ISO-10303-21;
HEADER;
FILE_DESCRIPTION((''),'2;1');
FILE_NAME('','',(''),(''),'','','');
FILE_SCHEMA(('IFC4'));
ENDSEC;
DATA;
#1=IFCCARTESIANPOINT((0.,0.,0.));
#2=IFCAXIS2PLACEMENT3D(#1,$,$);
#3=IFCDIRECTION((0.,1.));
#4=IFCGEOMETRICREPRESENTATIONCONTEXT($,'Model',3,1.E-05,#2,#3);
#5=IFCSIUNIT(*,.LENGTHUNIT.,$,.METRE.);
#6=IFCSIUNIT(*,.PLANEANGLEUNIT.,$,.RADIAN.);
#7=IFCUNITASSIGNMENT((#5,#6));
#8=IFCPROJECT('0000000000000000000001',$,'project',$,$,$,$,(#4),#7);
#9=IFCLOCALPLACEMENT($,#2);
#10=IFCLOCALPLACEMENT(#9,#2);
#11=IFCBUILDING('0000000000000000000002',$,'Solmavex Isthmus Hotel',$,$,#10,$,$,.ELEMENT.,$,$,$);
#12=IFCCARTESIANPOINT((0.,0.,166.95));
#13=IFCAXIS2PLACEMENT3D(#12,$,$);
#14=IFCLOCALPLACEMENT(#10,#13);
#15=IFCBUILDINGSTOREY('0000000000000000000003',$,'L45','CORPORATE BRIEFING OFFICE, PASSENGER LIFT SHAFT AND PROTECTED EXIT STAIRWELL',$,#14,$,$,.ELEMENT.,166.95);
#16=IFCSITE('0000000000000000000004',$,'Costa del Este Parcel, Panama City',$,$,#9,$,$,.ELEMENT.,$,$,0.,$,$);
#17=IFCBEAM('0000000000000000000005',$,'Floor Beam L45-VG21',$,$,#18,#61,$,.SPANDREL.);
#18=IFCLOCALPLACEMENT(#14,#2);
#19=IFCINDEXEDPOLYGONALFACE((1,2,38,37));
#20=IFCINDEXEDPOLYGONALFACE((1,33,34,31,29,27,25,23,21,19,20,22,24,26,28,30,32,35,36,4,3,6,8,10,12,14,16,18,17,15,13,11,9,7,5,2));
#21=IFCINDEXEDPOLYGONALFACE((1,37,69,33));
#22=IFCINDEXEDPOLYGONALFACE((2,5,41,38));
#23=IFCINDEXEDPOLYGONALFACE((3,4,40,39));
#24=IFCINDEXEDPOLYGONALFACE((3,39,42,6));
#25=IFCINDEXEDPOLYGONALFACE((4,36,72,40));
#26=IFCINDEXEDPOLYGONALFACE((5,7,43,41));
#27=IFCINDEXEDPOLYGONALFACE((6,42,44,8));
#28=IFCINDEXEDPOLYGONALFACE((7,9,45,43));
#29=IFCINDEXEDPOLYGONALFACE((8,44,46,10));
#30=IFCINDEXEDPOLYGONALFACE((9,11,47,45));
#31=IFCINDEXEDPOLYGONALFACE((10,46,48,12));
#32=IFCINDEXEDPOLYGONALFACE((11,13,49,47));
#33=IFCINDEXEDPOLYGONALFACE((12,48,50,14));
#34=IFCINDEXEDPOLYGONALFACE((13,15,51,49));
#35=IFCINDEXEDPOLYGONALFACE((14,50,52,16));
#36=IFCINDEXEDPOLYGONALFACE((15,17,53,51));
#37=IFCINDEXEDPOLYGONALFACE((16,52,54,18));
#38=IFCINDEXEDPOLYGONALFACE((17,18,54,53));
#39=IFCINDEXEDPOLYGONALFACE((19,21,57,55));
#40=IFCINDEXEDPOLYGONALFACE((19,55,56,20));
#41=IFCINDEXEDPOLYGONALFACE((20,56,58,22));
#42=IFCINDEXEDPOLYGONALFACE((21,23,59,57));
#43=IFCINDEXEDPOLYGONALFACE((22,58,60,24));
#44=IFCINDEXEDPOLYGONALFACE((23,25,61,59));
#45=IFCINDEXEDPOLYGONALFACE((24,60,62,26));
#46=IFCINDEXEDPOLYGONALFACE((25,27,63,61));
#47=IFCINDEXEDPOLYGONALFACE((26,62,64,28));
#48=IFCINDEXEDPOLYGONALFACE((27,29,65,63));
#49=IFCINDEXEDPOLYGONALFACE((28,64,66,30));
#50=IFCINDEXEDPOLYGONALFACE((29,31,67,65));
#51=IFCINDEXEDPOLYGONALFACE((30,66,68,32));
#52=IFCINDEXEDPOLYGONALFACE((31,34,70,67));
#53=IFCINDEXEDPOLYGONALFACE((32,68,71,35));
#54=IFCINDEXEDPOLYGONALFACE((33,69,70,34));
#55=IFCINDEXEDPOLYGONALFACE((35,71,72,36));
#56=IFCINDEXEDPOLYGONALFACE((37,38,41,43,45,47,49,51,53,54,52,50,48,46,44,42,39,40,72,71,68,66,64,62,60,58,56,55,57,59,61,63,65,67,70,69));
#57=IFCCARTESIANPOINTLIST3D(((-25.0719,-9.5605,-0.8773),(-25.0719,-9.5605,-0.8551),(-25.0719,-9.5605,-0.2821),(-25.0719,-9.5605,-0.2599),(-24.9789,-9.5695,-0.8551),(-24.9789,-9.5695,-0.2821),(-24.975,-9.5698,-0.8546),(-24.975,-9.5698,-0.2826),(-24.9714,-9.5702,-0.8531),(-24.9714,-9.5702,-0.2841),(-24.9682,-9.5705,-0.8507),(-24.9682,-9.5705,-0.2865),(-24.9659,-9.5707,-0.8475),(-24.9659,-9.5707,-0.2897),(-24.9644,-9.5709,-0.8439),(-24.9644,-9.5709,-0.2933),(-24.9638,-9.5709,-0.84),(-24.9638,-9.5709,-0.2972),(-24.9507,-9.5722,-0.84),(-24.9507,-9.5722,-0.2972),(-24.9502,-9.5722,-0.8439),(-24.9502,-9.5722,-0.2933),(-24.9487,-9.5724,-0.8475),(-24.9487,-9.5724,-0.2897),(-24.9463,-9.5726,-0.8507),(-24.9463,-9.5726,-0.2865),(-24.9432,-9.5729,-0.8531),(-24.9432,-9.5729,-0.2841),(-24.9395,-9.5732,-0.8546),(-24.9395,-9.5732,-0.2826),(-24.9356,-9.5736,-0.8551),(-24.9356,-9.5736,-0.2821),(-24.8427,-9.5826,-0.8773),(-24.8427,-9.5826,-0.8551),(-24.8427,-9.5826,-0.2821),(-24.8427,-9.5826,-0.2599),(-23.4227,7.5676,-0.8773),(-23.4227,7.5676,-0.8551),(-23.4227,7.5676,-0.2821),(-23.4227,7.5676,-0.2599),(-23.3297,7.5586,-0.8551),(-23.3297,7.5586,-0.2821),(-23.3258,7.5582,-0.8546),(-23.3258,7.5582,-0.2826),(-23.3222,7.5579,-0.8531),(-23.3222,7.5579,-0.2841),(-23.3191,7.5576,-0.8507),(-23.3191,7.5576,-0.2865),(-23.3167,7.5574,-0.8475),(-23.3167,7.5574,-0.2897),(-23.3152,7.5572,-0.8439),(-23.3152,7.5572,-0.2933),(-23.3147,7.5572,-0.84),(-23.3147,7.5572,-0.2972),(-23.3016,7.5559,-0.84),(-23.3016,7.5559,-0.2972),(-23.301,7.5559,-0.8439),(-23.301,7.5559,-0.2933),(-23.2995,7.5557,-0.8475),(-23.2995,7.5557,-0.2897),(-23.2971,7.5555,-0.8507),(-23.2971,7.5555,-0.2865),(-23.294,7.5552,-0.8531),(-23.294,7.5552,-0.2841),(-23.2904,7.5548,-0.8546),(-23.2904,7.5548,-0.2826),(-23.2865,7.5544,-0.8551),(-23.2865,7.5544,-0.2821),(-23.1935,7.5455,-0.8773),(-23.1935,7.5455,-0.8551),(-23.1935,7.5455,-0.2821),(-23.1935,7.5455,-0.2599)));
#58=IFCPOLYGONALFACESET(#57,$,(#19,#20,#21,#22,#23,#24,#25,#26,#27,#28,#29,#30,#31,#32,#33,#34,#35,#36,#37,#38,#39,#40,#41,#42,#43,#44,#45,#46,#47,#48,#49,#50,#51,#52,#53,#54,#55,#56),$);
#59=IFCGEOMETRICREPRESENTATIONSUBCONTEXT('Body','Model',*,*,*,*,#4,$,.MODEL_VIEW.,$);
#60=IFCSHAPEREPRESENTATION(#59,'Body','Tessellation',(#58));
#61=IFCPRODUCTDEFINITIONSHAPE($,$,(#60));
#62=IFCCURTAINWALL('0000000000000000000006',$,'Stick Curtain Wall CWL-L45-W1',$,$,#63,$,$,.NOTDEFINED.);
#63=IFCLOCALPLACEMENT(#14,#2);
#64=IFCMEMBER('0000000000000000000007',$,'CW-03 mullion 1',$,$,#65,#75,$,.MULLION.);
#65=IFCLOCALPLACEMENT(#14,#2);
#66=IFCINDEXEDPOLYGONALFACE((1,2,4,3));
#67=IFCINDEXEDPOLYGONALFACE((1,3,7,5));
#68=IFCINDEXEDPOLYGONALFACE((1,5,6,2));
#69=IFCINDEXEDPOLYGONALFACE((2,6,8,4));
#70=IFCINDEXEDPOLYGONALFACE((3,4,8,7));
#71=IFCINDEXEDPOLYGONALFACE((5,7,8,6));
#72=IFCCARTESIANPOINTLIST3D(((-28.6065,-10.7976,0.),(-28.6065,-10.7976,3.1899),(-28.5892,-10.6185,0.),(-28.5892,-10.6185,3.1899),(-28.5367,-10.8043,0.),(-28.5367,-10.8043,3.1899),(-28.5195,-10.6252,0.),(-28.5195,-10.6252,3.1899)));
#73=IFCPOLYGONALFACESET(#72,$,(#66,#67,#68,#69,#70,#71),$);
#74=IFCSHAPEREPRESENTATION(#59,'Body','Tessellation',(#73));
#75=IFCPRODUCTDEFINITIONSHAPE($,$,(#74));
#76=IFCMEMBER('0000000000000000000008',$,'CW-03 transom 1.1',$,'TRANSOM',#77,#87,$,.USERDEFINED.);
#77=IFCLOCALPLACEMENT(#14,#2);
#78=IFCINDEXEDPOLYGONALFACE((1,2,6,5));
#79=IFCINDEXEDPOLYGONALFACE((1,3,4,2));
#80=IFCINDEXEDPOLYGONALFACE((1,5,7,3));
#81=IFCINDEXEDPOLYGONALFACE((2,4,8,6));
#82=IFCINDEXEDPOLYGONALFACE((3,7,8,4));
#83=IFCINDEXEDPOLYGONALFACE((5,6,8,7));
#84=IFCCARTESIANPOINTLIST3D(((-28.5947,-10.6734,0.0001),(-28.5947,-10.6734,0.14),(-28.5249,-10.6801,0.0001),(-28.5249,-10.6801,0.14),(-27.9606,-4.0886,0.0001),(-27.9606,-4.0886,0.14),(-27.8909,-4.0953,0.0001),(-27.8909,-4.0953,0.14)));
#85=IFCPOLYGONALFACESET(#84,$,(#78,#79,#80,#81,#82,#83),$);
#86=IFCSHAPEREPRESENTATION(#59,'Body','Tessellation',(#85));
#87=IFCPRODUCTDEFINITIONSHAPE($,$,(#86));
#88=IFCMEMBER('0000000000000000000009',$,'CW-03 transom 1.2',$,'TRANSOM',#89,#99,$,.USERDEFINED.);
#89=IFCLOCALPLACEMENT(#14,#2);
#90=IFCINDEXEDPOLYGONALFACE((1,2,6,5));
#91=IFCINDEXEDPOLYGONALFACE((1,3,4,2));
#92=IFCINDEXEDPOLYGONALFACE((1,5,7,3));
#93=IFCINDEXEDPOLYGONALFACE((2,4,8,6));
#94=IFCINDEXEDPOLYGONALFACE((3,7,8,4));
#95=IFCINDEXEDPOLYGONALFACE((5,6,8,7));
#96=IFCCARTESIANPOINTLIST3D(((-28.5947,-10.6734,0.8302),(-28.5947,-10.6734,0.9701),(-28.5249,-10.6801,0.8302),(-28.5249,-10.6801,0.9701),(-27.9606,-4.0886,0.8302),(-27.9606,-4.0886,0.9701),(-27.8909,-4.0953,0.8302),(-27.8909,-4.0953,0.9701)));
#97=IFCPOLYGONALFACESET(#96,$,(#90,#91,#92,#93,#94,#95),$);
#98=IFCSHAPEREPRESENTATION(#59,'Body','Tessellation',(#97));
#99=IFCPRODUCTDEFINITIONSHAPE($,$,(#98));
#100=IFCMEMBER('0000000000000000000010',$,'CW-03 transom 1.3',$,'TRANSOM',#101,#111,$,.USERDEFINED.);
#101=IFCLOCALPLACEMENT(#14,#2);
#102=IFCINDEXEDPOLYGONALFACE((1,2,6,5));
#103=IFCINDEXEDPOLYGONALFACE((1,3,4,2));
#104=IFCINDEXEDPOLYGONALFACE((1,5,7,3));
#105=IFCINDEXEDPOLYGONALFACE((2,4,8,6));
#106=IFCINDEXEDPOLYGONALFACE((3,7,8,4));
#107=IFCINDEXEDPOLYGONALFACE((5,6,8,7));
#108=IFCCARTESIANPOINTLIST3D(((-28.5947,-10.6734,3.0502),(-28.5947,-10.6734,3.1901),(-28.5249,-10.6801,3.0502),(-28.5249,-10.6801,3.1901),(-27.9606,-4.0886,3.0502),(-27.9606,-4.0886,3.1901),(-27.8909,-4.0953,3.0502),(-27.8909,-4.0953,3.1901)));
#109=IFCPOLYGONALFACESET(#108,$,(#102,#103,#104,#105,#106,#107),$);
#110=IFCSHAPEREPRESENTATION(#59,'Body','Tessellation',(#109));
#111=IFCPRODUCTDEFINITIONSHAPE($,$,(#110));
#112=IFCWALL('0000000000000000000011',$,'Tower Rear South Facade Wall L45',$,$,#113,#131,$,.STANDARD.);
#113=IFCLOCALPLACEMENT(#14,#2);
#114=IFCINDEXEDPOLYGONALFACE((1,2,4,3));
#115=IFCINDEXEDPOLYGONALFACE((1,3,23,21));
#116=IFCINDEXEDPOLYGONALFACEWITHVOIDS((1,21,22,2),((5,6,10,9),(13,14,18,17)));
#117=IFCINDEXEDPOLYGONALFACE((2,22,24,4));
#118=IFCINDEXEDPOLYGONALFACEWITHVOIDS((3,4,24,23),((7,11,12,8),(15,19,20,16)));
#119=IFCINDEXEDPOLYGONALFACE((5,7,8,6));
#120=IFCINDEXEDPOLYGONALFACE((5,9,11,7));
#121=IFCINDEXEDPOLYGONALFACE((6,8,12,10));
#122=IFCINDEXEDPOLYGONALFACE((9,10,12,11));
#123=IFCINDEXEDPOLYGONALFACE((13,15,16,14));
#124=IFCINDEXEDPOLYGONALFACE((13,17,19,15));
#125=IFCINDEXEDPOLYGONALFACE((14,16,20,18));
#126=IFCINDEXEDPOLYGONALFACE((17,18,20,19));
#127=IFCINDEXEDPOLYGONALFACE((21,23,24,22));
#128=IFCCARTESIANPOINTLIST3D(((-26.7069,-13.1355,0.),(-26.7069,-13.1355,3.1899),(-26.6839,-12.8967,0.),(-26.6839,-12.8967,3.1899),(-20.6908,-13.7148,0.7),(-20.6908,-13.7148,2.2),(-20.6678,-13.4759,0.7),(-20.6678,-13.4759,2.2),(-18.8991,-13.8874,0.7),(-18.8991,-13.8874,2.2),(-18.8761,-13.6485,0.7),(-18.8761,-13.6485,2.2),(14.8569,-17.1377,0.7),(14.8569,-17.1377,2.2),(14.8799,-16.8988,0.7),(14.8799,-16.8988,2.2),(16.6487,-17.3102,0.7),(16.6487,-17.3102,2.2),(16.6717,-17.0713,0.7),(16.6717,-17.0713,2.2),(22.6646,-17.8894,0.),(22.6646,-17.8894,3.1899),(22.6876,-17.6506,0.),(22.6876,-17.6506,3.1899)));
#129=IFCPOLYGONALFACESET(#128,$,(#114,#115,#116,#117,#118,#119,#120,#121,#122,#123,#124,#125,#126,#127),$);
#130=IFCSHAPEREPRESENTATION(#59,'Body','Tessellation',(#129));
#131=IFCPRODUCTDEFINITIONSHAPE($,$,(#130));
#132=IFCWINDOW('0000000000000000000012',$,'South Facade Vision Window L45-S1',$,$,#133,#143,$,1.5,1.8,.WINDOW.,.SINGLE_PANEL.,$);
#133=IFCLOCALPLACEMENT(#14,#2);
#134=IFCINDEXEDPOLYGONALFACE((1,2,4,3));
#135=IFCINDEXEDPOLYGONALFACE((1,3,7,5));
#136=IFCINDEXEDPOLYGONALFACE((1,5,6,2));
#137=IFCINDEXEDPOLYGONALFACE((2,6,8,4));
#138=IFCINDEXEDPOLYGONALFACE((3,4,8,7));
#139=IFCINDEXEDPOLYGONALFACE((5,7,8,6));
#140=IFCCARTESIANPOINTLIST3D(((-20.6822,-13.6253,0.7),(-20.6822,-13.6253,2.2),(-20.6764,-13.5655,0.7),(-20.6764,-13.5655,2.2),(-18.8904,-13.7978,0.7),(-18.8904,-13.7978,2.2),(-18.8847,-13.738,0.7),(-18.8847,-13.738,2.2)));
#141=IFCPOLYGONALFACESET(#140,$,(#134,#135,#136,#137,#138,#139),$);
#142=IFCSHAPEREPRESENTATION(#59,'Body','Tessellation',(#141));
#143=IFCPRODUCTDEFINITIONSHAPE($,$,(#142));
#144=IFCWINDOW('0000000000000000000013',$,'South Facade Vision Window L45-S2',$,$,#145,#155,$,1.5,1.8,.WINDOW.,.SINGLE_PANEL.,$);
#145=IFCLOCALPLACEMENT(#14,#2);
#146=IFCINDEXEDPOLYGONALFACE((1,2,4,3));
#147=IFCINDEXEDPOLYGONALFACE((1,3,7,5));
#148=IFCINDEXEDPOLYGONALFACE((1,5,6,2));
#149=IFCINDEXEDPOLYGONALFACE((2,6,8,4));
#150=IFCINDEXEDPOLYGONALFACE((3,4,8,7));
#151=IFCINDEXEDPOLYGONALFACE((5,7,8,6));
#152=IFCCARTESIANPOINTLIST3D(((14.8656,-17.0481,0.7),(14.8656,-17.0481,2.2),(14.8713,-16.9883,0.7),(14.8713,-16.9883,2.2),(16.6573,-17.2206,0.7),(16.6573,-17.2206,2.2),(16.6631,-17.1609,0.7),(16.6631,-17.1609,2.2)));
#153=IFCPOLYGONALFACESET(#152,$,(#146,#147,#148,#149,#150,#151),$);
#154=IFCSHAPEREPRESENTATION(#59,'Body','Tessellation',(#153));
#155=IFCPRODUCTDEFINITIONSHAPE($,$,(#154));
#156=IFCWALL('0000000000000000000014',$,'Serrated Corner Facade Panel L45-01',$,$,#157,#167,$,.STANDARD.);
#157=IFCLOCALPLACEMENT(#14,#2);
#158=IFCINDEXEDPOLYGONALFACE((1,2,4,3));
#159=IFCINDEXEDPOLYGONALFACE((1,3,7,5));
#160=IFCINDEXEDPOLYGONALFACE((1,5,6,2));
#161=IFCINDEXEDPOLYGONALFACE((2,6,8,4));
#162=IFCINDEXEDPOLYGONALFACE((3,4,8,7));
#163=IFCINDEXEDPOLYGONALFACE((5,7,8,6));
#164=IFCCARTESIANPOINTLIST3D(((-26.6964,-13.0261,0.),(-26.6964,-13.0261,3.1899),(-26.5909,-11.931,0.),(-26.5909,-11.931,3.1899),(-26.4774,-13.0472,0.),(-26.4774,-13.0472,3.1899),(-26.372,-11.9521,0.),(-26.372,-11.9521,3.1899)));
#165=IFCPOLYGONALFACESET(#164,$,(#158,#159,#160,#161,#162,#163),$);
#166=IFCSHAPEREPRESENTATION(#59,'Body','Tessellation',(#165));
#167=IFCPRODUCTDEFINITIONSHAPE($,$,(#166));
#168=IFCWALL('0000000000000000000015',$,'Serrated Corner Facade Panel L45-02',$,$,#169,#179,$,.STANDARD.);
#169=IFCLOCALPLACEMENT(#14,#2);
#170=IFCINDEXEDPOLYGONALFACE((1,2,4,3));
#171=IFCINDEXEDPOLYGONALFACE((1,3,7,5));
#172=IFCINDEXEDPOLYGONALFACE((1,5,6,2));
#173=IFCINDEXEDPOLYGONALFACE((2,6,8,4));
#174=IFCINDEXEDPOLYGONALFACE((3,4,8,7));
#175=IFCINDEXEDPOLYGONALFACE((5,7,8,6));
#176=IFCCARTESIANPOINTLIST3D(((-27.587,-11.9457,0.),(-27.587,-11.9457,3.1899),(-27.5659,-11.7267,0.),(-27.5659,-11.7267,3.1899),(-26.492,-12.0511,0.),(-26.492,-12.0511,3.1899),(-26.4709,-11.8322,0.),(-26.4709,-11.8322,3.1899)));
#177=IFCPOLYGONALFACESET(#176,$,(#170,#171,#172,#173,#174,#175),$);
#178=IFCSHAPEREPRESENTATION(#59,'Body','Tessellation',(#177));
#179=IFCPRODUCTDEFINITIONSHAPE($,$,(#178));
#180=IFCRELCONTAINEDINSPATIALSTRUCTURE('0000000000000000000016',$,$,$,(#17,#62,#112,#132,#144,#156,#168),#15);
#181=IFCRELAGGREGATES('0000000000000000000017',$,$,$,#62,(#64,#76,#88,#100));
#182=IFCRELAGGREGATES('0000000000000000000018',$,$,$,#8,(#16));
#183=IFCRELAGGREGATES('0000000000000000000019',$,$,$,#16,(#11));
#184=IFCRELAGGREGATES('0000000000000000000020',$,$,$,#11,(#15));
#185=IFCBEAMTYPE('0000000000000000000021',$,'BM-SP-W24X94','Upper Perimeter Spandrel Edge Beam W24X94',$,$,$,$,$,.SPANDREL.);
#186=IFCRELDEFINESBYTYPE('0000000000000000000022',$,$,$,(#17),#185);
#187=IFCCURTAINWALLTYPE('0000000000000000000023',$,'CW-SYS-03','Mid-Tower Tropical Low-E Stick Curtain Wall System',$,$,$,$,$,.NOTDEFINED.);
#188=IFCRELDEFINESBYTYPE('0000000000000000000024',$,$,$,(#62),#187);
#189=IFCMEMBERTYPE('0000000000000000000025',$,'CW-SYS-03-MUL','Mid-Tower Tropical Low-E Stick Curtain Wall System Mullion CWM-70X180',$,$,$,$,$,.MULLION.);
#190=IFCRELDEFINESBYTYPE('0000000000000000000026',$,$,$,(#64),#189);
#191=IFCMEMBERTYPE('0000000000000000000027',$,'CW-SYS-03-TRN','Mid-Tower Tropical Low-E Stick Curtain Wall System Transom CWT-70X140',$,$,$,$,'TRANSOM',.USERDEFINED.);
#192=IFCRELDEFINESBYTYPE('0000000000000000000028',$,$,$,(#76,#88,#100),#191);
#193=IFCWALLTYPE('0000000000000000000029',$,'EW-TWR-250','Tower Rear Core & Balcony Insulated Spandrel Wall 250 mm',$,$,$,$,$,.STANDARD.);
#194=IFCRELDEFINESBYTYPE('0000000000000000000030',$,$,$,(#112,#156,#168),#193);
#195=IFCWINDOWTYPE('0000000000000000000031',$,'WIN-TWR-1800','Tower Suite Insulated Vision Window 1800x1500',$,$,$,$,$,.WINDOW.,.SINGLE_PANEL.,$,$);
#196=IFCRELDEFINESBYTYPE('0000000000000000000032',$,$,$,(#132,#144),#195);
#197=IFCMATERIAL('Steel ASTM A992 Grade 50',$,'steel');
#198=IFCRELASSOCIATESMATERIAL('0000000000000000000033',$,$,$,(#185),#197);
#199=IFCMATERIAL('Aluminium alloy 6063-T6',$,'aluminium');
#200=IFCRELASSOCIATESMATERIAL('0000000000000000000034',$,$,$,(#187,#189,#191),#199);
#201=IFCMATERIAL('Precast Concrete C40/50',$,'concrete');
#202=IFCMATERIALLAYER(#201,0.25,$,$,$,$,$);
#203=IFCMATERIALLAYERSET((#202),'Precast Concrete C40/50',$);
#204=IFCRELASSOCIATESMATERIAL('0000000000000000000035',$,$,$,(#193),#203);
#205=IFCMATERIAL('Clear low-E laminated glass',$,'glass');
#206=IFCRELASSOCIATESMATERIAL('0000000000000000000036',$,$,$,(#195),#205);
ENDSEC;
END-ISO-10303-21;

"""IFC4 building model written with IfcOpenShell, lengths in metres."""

from ifc_helpers import new_model, si_unit, direction, frame, frame_2d, origin, origin_2d, place, context, subcontext, project, spatial, rectangle, i_section, extrude, material, layer, layer_set, material_profile, profile_set, type_object, element, fill, aggregate, save


model = new_model("IFC4")

# Units and contexts
model_context = context("Model", 3, precision=1e-05, world=origin(), true_north=direction((0.0, 1.0)))
body_context = subcontext(model_context, "Body", "Model", "MODEL_VIEW")
ifc_project = project(units=[si_unit("LENGTHUNIT", "METRE"), si_unit("PLANEANGLEUNIT", "RADIAN")], contexts=[model_context])

# Site, building, storey
site_placement = place(None, origin())
site = spatial("IfcSite", under=ifc_project, at=site_placement, Name="Costa del Este Parcel, Panama City", CompositionType="ELEMENT", RefElevation=0.0)
building_placement = place(site_placement, origin())
building = spatial("IfcBuilding", under=site, at=building_placement, Name="Solmavex Isthmus Hotel", CompositionType="ELEMENT")
storey_placement = place(building_placement, frame((0.0, 0.0, 166.95)))
storey = spatial("IfcBuildingStorey", under=building, at=storey_placement, Name="L45", Description="CORPORATE BRIEFING OFFICE, PASSENGER LIFT SHAFT AND PROTECTED EXIT STAIRWELL", CompositionType="ELEMENT", Elevation=166.95)

# Beam
ifc_material_1 = material(Name="Steel ASTM A992 Grade 50", Category="steel")
ifc_material_profile_1 = material_profile(ifc_material_1, i_section(OverallWidth=0.2302, OverallDepth=0.6174, WebThickness=0.0132, FlangeThickness=0.0222, FilletRadius=0.0151, at=origin_2d()), Name="W24X94")
ifc_profile_set_1 = profile_set([ifc_material_profile_1], Name="Steel ASTM A992 Grade 50")
beam_type_1 = type_object("IfcBeamType", Name="BM-SP-W24X94", Description="Upper Perimeter Spandrel Edge Beam W24X94", PredefinedType="SPANDREL", material=ifc_profile_set_1)
beam_1_placement = place(storey_placement, frame((-24.9573, -9.5715, -0.5686), z_axis=(0.095841, 0.995397, 0.0), x_axis=(-0.995397, 0.095841, 0.0)))
element("IfcBeam", 1, at=beam_1_placement, inside=storey, type_object=beam_type_1, Name="Floor Beam L45-VG21", PredefinedType="SPANDREL", context=body_context, shape_type="SweptSolid", body=[
    extrude(i_section(OverallWidth=0.2302, OverallDepth=0.6174, WebThickness=0.0132, FlangeThickness=0.0222, FilletRadius=0.0151, at=origin_2d()), origin(), (0.0, 0.0, 1.0), 17.2073),
])

# Curtain wall, members
ifc_material_2 = material(Name="Aluminium alloy 6063-T6", Category="aluminium")
curtain_wall_type = type_object("IfcCurtainWallType", Name="CW-SYS-03", Description="Mid-Tower Tropical Low-E Stick Curtain Wall System", PredefinedType="NOTDEFINED", material=ifc_material_2)
curtain_wall_placement = place(storey_placement, origin())
curtain_wall = element("IfcCurtainWall", 2, at=curtain_wall_placement, inside=storey, type_object=curtain_wall_type, Name="Stick Curtain Wall CWL-L45-W1", PredefinedType="NOTDEFINED")
ifc_material_profile_2 = material_profile(ifc_material_2, rectangle(XDim=0.0701, YDim=0.1799, at=origin_2d()), Name="CWM-70X180")
ifc_profile_set_2 = profile_set([ifc_material_profile_2], Name="Aluminium alloy 6063-T6")
member_type_1 = type_object("IfcMemberType", Name="CW-SYS-03-MUL", Description="Mid-Tower Tropical Low-E Stick Curtain Wall System Mullion CWM-70X180", PredefinedType="MULLION", material=ifc_profile_set_2)
member_1_placement = place(storey_placement, frame((-28.563, -10.7114, 0.0), z_axis=(0.0, 0.0, 1.0), x_axis=(-0.995396, 0.095846, 0.0)))
member_1 = element("IfcMember", 3, at=member_1_placement, type_object=member_type_1, Name="CW-03 mullion 1", PredefinedType="MULLION", context=body_context, shape_type="SweptSolid", body=[
    extrude(rectangle(XDim=0.0701, YDim=0.1799, at=origin_2d()), origin(), (0.0, 0.0, 1.0), 3.1899),
])
ifc_material_profile_3 = material_profile(ifc_material_2, rectangle(XDim=0.0701, YDim=0.1399, at=origin_2d()), Name="CWT-70X140")
ifc_profile_set_3 = profile_set([ifc_material_profile_3], Name="Aluminium alloy 6063-T6")
member_type_2 = type_object("IfcMemberType", Name="CW-SYS-03-TRN", Description="Mid-Tower Tropical Low-E Stick Curtain Wall System Transom CWT-70X140", ElementType="TRANSOM", PredefinedType="USERDEFINED", material=ifc_profile_set_3)
member_2_placement = place(storey_placement, frame((-28.5598, -10.6768, 0.0701), z_axis=(0.095845, 0.995396, 0.0), x_axis=(-0.995396, 0.095845, 0.0)))
member_2 = element("IfcMember", 4, at=member_2_placement, type_object=member_type_2, Name="CW-03 transom 1.1", ObjectType="TRANSOM", PredefinedType="USERDEFINED", context=body_context, shape_type="SweptSolid", body=[
    extrude(rectangle(XDim=0.0701, YDim=0.1399, at=origin_2d()), origin(), (0.0, 0.0, 1.0), 6.6152),
])
member_3_placement = place(storey_placement, frame((-28.5598, -10.6768, 0.9001), z_axis=(0.095845, 0.995396, 0.0), x_axis=(-0.995396, 0.095845, 0.0)))
member_3 = element("IfcMember", 5, at=member_3_placement, type_object=member_type_2, Name="CW-03 transom 1.2", ObjectType="TRANSOM", PredefinedType="USERDEFINED", context=body_context, shape_type="SweptSolid", body=[
    extrude(rectangle(XDim=0.0701, YDim=0.1399, at=origin_2d()), origin(), (0.0, 0.0, 1.0), 6.6152),
])
member_4_placement = place(storey_placement, frame((-28.5598, -10.6768, 3.1201), z_axis=(0.095845, 0.995396, 0.0), x_axis=(-0.995396, 0.095845, 0.0)))
member_4 = element("IfcMember", 6, at=member_4_placement, type_object=member_type_2, Name="CW-03 transom 1.3", ObjectType="TRANSOM", PredefinedType="USERDEFINED", context=body_context, shape_type="SweptSolid", body=[
    extrude(rectangle(XDim=0.0701, YDim=0.1399, at=origin_2d()), origin(), (0.0, 0.0, 1.0), 6.6152),
])
aggregate(curtain_wall, [member_1, member_2, member_3, member_4])

# Wall, openings, windows
ifc_material_3 = material(Name="Precast Concrete C40/50", Category="concrete")
ifc_layer_1 = layer(ifc_material_3, 0.25)
ifc_layer_set_1 = layer_set([ifc_layer_1], Name="Precast Concrete C40/50")
wall_type_1 = type_object("IfcWallType", Name="EW-TWR-250", Description="Tower Rear Core & Balcony Insulated Spandrel Wall 250 mm", PredefinedType="STANDARD", material=ifc_layer_set_1)
wall_1_placement = place(storey_placement, frame((-26.6953, -13.0161, 0.0), z_axis=(0.0, 0.0, 1.0), x_axis=(0.995396, -0.095845, 0.0)))
wall_1 = element("IfcWall", 7, at=wall_1_placement, inside=storey, type_object=wall_type_1, Name="Tower Rear South Facade Wall L45", PredefinedType="STANDARD", context=body_context, shape_type="SweptSolid", body=[
    extrude(rectangle(XDim=49.5999, YDim=0.24, at=frame_2d((24.7998, 0.0))), origin(), (0.0, 0.0, 1.0), 3.1899),
])
opening_1_placement = place(wall_1_placement, frame((6.0439, 0.0, 0.7)))
opening_1 = element("IfcOpeningElement", 8, at=opening_1_placement, cuts=wall_1, PredefinedType="OPENING", context=body_context, shape_type="SweptSolid", body=[
    extrude(rectangle(XDim=1.8, YDim=1.5, at=frame_2d((0.8999, 0.75))), frame((0.0, 0.1299, 0.0), z_axis=(0.0, -1.0, 0.0), x_axis=(1.0, 0.0, 0.0)), (0.0, 0.0, 1.0), 0.26),
])
opening_2_placement = place(wall_1_placement, frame((41.7561, 0.0, 0.7)))
opening_2 = element("IfcOpeningElement", 9, at=opening_2_placement, cuts=wall_1, PredefinedType="OPENING", context=body_context, shape_type="SweptSolid", body=[
    extrude(rectangle(XDim=1.8, YDim=1.5, at=frame_2d((0.8999, 0.75))), frame((0.0, 0.1299, 0.0), z_axis=(0.0, -1.0, 0.0), x_axis=(1.0, 0.0, 0.0)), (0.0, 0.0, 1.0), 0.26),
])
ifc_material_4 = material(Name="Clear low-E laminated glass", Category="glass")
window_type = type_object("IfcWindowType", Name="WIN-TWR-1800", Description="Tower Suite Insulated Vision Window 1800x1500", PartitioningType="SINGLE_PANEL", PredefinedType="WINDOW", material=ifc_material_4)
window_1_placement = place(opening_1_placement, origin())
window_1 = element("IfcWindow", 10, at=window_1_placement, inside=storey, type_object=window_type, Name="South Facade Vision Window L45-S1", OverallHeight=1.5, OverallWidth=1.8, PartitioningType="SINGLE_PANEL", PredefinedType="WINDOW", context=body_context, shape_type="SweptSolid", body=[
    extrude(rectangle(XDim=1.8, YDim=1.5, at=frame_2d((0.8999, 0.75))), frame((0.0, 0.03, 0.0), z_axis=(0.0, -1.0, 0.0), x_axis=(1.0, 0.0, 0.0)), (0.0, 0.0, 1.0), 0.0601),
])
fill(opening_1, window_1)
window_2_placement = place(opening_2_placement, origin())
window_2 = element("IfcWindow", 11, at=window_2_placement, inside=storey, type_object=window_type, Name="South Facade Vision Window L45-S2", OverallHeight=1.5, OverallWidth=1.8, PartitioningType="SINGLE_PANEL", PredefinedType="WINDOW", context=body_context, shape_type="SweptSolid", body=[
    extrude(rectangle(XDim=1.8, YDim=1.5, at=frame_2d((0.8999, 0.75))), frame((0.0, 0.03, 0.0), z_axis=(0.0, -1.0, 0.0), x_axis=(1.0, 0.0, 0.0)), (0.0, 0.0, 1.0), 0.0601),
])
fill(opening_2, window_2)

# Walls
for number, where, z_axis, x_axis, name in (
    (12, (-26.5869, -13.0366, 0.0), (0.0, 0.0, 1.0), (0.095877, 0.995393, 0.0), "Serrated Corner Facade Panel L45-01"),
    (13, (-26.4814, -11.9417, 0.0), (0.0, 0.0, 1.0), (-0.995393, 0.095877, 0.0), "Serrated Corner Facade Panel L45-02"),
):
    element("IfcWall", number, at=place(storey_placement, frame(where, z_axis=z_axis, x_axis=x_axis)), inside=storey, type_object=wall_type_1, Name=name, PredefinedType="STANDARD", context=body_context, shape_type="SweptSolid", body=[
        extrude(rectangle(XDim=1.1001, YDim=0.22, at=frame_2d((0.55, 0.0))), origin(), (0.0, 0.0, 1.0), 3.1899),
    ])

save(model, "model.ifc")
